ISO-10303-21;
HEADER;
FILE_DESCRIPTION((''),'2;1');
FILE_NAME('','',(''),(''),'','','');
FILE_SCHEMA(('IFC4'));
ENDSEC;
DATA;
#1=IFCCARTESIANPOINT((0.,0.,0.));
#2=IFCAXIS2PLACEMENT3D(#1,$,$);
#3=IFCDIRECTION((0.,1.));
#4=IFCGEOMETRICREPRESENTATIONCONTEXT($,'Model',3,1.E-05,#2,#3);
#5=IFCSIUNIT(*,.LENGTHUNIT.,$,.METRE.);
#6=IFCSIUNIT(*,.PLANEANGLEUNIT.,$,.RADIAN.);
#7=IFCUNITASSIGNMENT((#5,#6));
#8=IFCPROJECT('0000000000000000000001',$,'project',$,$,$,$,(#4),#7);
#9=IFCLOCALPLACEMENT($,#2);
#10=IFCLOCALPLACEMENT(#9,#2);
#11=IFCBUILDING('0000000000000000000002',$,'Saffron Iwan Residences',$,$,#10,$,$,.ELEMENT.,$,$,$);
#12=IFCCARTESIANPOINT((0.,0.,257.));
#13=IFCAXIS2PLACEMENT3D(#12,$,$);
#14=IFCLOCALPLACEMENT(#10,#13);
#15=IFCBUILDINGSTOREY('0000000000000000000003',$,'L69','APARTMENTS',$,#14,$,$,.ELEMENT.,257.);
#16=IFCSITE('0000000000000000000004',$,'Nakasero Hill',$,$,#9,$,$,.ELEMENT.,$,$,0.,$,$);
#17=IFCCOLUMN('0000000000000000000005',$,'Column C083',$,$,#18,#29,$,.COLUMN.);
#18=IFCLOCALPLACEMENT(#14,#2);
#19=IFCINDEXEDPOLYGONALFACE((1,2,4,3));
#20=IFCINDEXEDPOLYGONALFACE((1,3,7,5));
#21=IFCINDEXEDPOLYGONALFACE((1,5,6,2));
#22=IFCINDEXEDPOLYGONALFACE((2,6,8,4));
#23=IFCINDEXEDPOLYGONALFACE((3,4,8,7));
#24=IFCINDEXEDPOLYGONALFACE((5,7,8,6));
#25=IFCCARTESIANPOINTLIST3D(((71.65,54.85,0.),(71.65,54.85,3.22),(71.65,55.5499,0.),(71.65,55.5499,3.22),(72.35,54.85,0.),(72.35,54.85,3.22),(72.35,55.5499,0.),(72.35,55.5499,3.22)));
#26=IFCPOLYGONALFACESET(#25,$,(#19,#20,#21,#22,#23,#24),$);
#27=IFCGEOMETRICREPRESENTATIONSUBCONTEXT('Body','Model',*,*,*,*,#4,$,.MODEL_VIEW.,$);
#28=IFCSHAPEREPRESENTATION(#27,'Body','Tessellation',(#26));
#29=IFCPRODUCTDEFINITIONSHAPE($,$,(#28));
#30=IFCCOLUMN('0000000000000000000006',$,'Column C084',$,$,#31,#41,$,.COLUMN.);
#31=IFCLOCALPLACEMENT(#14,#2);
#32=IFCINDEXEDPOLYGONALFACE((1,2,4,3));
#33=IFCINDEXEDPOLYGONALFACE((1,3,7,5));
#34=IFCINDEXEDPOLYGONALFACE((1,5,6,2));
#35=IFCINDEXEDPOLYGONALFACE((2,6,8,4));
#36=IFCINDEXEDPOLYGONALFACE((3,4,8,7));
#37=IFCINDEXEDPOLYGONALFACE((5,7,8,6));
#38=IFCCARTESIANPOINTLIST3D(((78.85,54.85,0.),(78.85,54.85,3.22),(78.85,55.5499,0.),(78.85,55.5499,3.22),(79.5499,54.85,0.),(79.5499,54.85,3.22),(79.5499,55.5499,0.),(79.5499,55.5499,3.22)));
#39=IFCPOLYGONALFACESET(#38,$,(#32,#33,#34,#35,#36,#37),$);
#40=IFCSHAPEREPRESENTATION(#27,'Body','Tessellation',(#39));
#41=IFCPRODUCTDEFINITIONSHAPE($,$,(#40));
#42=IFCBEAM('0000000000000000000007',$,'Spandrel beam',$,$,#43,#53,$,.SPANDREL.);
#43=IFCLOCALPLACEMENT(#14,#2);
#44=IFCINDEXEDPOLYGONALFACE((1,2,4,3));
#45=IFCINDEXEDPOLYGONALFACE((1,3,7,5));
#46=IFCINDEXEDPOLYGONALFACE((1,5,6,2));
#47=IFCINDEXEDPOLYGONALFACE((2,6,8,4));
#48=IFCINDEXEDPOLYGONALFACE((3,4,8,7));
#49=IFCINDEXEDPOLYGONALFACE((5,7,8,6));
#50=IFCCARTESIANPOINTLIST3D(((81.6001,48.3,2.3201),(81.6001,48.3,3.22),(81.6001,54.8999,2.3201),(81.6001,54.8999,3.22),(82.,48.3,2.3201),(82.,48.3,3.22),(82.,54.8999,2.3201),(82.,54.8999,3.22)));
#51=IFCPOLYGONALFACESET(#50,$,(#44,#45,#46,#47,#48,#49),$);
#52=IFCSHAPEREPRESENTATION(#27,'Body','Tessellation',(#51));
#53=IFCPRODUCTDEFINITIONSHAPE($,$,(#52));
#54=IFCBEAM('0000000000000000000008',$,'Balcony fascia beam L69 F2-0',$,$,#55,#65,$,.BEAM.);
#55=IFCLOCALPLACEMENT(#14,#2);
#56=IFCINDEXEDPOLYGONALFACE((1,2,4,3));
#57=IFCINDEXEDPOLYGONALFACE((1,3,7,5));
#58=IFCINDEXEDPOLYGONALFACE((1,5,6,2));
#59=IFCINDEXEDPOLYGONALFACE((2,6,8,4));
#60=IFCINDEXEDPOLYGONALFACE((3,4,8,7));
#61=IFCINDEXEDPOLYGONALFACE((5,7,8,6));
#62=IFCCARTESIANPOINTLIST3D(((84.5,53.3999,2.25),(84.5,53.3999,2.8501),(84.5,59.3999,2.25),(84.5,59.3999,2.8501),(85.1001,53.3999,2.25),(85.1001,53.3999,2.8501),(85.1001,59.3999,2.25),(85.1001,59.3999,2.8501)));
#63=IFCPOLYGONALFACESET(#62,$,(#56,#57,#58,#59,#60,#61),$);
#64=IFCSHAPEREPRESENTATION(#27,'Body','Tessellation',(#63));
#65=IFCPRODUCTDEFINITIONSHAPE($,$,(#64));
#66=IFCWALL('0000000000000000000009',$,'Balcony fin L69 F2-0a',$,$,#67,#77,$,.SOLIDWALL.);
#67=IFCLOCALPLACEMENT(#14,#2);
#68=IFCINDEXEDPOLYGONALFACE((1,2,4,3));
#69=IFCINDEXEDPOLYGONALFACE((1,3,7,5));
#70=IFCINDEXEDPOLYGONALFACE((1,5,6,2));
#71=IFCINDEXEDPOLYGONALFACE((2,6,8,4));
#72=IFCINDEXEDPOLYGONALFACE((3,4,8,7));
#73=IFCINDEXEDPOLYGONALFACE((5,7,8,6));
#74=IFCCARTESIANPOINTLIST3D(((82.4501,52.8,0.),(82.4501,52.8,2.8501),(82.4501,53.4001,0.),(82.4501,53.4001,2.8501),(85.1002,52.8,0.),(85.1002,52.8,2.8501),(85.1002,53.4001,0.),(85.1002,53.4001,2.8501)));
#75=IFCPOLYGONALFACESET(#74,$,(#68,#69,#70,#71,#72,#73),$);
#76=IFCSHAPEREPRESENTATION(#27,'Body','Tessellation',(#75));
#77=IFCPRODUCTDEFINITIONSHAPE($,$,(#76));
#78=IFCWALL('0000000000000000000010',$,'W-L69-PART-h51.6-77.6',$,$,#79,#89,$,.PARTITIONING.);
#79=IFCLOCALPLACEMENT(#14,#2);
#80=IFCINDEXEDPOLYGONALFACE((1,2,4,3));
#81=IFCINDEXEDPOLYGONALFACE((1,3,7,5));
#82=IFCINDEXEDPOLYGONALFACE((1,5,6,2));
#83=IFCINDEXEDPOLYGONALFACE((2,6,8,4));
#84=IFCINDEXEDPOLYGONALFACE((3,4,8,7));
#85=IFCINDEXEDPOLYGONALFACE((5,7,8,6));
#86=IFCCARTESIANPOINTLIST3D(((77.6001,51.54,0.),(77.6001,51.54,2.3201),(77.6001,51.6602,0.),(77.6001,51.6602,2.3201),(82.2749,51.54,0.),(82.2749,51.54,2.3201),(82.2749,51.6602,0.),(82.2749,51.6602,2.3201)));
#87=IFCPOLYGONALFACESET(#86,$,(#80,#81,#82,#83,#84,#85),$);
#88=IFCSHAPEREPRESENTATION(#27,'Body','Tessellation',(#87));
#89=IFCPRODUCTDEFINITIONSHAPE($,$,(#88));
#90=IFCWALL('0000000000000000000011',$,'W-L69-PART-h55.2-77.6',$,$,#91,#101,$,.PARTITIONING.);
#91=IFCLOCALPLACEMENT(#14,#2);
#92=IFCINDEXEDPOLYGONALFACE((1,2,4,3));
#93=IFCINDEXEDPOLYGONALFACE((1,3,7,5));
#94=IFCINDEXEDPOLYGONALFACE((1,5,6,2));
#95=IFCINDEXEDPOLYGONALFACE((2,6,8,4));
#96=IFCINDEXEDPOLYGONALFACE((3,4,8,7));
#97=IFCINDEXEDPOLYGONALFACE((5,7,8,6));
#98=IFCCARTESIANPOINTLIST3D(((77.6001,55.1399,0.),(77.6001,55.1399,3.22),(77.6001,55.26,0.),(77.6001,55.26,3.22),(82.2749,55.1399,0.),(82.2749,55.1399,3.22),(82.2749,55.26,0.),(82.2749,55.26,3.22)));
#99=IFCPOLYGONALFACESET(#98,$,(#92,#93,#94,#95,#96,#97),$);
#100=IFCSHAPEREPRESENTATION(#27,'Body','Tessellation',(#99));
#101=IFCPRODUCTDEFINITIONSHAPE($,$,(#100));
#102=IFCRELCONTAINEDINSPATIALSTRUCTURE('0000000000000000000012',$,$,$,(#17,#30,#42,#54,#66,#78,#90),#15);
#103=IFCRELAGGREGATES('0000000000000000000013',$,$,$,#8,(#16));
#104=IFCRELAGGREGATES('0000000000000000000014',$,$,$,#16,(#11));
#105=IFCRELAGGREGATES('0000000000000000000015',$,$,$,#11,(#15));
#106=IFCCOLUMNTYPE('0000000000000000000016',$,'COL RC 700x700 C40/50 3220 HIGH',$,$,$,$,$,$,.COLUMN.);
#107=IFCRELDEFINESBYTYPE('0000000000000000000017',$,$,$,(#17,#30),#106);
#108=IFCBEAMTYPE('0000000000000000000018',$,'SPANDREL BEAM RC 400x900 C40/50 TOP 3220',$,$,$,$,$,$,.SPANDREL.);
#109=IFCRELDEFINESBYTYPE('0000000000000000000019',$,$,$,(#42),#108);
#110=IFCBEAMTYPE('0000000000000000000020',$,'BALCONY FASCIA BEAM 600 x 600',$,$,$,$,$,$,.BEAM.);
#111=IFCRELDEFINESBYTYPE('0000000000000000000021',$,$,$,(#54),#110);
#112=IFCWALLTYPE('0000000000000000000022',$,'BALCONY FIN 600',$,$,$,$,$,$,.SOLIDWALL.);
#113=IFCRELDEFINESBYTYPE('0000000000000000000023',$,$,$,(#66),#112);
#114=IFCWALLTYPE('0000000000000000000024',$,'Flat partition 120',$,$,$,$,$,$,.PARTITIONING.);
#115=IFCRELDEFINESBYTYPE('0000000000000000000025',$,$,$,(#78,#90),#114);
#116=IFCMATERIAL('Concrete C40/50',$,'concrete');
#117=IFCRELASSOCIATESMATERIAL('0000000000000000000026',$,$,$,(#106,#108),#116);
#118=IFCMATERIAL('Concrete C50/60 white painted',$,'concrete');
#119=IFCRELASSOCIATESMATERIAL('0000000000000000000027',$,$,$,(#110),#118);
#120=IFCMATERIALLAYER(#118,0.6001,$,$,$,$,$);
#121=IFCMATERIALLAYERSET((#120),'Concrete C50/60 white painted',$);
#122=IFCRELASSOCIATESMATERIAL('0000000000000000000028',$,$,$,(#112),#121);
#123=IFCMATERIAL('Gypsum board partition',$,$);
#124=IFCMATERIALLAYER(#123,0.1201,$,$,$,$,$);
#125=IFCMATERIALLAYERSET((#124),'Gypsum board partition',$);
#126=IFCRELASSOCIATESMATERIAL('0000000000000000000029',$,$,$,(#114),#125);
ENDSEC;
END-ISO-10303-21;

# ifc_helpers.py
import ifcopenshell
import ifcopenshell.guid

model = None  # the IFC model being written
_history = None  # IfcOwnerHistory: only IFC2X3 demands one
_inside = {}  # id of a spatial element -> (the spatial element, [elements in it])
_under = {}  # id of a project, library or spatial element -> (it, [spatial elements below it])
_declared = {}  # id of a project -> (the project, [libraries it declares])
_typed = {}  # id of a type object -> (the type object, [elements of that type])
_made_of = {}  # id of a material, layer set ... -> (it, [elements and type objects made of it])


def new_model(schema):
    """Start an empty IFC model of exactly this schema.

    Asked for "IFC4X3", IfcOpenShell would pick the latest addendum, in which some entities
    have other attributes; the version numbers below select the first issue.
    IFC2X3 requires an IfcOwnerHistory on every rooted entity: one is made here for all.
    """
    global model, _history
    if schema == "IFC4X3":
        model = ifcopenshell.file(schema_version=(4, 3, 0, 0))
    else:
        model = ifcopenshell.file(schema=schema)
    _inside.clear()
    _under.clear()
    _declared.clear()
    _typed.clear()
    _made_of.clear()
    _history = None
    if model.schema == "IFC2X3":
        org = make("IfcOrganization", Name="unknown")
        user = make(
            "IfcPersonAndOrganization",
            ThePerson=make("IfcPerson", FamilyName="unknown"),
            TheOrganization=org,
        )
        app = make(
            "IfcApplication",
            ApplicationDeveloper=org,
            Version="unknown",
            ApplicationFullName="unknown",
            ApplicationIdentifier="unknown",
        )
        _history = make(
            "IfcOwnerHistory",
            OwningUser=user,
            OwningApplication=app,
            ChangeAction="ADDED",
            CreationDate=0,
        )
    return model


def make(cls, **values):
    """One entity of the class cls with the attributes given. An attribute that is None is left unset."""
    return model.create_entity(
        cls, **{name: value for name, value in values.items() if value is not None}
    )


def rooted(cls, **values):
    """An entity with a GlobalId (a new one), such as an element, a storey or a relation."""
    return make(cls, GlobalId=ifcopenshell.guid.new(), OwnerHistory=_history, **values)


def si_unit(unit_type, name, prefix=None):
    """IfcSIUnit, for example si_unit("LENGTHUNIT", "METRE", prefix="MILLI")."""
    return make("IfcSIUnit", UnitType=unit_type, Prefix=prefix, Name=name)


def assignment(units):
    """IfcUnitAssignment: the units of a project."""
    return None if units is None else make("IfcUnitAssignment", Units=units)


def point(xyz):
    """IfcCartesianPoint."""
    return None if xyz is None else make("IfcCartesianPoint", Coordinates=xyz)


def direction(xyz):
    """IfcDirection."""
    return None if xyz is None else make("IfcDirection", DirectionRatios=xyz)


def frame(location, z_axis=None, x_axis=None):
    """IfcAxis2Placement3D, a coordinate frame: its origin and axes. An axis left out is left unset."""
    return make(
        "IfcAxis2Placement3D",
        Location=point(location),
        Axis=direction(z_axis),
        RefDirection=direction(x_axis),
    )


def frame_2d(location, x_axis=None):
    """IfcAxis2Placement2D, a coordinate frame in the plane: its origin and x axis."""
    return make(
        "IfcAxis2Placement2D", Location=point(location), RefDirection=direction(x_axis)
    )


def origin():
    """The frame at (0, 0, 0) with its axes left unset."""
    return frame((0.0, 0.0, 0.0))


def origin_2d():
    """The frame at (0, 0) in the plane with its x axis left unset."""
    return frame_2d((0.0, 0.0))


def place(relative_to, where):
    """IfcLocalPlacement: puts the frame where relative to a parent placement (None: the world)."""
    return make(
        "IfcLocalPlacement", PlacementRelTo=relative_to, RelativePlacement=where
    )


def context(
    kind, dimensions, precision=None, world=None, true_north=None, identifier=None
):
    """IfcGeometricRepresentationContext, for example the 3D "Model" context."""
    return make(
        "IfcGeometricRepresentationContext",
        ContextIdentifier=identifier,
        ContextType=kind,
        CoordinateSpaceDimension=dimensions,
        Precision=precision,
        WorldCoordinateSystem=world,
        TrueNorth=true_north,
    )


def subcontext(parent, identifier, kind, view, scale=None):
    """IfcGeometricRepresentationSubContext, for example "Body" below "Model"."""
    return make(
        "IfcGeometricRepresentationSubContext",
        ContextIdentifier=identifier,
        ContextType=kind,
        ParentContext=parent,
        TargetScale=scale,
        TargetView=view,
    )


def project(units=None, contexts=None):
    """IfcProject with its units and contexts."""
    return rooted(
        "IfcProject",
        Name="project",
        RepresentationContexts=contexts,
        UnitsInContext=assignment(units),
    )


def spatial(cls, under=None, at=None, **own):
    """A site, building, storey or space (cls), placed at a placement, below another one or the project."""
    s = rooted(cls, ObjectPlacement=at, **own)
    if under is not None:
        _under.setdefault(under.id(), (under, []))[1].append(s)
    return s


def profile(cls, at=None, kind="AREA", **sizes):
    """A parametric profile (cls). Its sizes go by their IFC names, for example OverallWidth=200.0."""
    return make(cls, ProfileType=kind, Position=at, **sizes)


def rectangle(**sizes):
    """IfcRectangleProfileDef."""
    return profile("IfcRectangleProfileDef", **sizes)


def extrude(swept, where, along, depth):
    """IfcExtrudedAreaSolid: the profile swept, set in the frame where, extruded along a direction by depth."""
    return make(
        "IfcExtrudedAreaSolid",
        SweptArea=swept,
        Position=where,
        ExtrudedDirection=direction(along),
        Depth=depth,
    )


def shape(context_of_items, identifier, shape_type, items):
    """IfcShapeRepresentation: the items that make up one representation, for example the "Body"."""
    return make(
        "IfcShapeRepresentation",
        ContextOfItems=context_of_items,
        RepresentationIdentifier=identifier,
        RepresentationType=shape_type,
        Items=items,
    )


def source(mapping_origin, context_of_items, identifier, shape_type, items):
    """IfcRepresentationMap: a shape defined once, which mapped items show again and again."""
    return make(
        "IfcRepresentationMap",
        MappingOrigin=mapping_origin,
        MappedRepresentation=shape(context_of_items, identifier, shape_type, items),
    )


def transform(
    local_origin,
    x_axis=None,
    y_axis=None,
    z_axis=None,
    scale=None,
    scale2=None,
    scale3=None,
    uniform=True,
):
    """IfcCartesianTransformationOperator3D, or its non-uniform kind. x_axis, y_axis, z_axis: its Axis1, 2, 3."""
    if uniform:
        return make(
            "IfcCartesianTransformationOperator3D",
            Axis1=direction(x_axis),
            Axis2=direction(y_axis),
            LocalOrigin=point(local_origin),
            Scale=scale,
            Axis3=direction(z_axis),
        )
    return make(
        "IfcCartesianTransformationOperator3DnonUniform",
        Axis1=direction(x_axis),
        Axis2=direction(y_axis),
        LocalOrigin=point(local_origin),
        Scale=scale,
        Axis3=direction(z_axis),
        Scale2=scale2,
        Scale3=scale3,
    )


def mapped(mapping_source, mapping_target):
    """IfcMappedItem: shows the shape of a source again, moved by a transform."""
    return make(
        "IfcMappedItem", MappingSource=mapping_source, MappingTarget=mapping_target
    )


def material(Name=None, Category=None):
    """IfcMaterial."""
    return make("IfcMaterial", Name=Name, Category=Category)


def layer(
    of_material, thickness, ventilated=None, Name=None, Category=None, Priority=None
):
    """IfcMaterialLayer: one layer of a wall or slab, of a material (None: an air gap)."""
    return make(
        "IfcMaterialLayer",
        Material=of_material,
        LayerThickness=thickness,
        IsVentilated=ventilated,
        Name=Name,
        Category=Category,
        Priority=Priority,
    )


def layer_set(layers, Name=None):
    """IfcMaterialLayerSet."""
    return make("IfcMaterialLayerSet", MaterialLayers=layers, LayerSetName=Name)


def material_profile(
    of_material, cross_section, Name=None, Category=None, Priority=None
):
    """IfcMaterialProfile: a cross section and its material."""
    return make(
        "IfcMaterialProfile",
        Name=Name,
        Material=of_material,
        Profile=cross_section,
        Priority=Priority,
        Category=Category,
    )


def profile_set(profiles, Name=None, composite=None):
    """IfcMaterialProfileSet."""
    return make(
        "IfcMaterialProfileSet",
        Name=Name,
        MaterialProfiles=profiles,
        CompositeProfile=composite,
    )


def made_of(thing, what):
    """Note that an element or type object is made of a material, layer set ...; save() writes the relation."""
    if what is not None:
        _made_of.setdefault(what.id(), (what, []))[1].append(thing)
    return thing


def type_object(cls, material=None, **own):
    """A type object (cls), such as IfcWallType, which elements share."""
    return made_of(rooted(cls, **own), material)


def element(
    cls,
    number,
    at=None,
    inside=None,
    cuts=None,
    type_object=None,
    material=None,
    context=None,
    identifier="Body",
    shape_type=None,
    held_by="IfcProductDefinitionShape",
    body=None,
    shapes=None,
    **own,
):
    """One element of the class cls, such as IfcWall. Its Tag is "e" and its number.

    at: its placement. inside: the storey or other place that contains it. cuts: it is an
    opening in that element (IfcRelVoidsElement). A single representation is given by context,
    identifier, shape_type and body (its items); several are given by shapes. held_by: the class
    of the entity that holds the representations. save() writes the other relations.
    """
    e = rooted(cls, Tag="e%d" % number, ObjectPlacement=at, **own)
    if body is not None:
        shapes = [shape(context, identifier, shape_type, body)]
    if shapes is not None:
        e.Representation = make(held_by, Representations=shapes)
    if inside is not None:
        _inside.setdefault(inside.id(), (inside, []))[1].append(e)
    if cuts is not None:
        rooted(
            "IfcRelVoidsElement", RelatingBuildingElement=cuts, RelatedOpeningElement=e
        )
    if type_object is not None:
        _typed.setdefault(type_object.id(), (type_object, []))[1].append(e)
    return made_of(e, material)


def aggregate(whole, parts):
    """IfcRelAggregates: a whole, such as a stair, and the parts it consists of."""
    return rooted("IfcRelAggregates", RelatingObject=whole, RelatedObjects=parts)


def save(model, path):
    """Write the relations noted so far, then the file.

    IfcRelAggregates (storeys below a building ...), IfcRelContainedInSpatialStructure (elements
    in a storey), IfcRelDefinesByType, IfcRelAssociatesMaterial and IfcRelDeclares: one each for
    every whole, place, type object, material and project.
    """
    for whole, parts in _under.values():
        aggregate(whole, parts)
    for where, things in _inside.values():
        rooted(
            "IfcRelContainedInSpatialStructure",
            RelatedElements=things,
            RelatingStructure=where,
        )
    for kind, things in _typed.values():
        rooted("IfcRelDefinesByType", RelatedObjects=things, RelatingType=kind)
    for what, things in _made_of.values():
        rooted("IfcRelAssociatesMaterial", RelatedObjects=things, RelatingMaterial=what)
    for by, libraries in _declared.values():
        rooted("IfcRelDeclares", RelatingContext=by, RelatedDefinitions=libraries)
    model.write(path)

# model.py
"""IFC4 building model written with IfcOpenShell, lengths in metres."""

from ifc_helpers import new_model, si_unit, direction, frame, frame_2d, origin, origin_2d, place, context, subcontext, project, spatial, rectangle, extrude, source, transform, mapped, material, layer, layer_set, material_profile, profile_set, type_object, element, save


model = new_model("IFC4")

# Units and contexts
model_context = context("Model", 3, precision=1e-05, world=origin(), true_north=direction((0.0, 1.0)))
body_context = subcontext(model_context, "Body", "Model", "MODEL_VIEW")
ifc_project = project(units=[si_unit("LENGTHUNIT", "METRE"), si_unit("PLANEANGLEUNIT", "RADIAN")], contexts=[model_context])

# Site, building, storey
site_placement = place(None, origin())
site = spatial("IfcSite", under=ifc_project, at=site_placement, Name="Nakasero Hill", CompositionType="ELEMENT", RefElevation=0.0)
building_placement = place(site_placement, origin())
building = spatial("IfcBuilding", under=site, at=building_placement, Name="Saffron Iwan Residences", CompositionType="ELEMENT")
storey_placement = place(building_placement, frame((0.0, 0.0, 257.0)))
storey = spatial("IfcBuildingStorey", under=building, at=storey_placement, Name="L69", Description="APARTMENTS", CompositionType="ELEMENT", Elevation=257.0)

# Columns
ifc_material_1 = material(Name="Concrete C40/50", Category="concrete")
ifc_material_profile_1 = material_profile(ifc_material_1, rectangle(XDim=0.7, YDim=0.7, at=origin_2d()), Name="RC 700x700")
ifc_profile_set_1 = profile_set([ifc_material_profile_1], Name="Concrete C40/50")
column_type = type_object("IfcColumnType", Name="COL RC 700x700 C40/50 3220 HIGH", PredefinedType="COLUMN", material=ifc_profile_set_1)
shared_shape_1 = source(origin(), body_context, "Body", "SweptSolid", [
    extrude(rectangle(XDim=0.7, YDim=0.7, at=origin_2d()), origin(), (0.0, 0.0, 1.0), 3.22),
])
for number, where, z_axis, x_axis, name in (
    (1, (72.0, 55.2, 0.0), (0.0, 0.0, 1.0), (1.0, 0.0, 0.0), "Column C083"),
    (2, (79.2, 55.2, 0.0), (0.0, 0.0, 1.0), (1.0, 0.0, 0.0), "Column C084"),
):
    element("IfcColumn", number, at=place(storey_placement, frame(where, z_axis=z_axis, x_axis=x_axis)), inside=storey, type_object=column_type, Name=name, PredefinedType="COLUMN", context=body_context, shape_type="MappedRepresentation", body=[
        mapped(shared_shape_1, transform((0.0, 0.0, 0.0))),
    ])

# Beams
ifc_material_profile_2 = material_profile(ifc_material_1, rectangle(XDim=0.3999, YDim=0.8999, at=origin_2d()), Name="RC 400x900")
ifc_profile_set_2 = profile_set([ifc_material_profile_2], Name="Concrete C40/50")
beam_type_1 = type_object("IfcBeamType", Name="SPANDREL BEAM RC 400x900 C40/50 TOP 3220", PredefinedType="SPANDREL", material=ifc_profile_set_2)
shared_shape_2 = source(origin(), body_context, "Body", "SweptSolid", [
    extrude(rectangle(XDim=0.3999, YDim=0.8999, at=origin_2d()), origin(), (0.0, 0.0, 1.0), 6.5999),
])
beam_1_placement = place(storey_placement, frame((81.8, 54.8999, 2.77), z_axis=(0.0, -1.0, 0.0), x_axis=(1.0, 0.0, 0.0)))
element("IfcBeam", 3, at=beam_1_placement, inside=storey, type_object=beam_type_1, Name="Spandrel beam", PredefinedType="SPANDREL", context=body_context, shape_type="MappedRepresentation", body=[
    mapped(shared_shape_2, transform((0.0, 0.0, 0.0))),
])
ifc_material_2 = material(Name="Concrete C50/60 white painted", Category="concrete")
ifc_material_profile_3 = material_profile(ifc_material_2, rectangle(XDim=0.6001, YDim=0.6001, at=origin_2d()), Name="BALCONY FASCIA BEAM 600 x 600")
ifc_profile_set_3 = profile_set([ifc_material_profile_3], Name="Concrete C50/60 white painted")
beam_type_2 = type_object("IfcBeamType", Name="BALCONY FASCIA BEAM 600 x 600", PredefinedType="BEAM", material=ifc_profile_set_3)
shared_shape_3 = source(origin(), body_context, "Body", "SweptSolid", [
    extrude(rectangle(XDim=0.6001, YDim=0.6001, at=origin_2d()), origin(), (0.0, 0.0, 1.0), 6.0),
])
beam_2_placement = place(storey_placement, frame((84.8, 53.3999, 2.55), z_axis=(0.0, 1.0, 0.0), x_axis=(-1.0, 0.0, 0.0)))
element("IfcBeam", 4, at=beam_2_placement, inside=storey, type_object=beam_type_2, Name="Balcony fascia beam L69 F2-0", PredefinedType="BEAM", context=body_context, shape_type="MappedRepresentation", body=[
    mapped(shared_shape_3, transform((0.0, 0.0, 0.0))),
])

# Wall
ifc_layer_1 = layer(ifc_material_2, 0.6001)
ifc_layer_set_1 = layer_set([ifc_layer_1], Name="Concrete C50/60 white painted")
wall_type_1 = type_object("IfcWallType", Name="BALCONY FIN 600", PredefinedType="SOLIDWALL", material=ifc_layer_set_1)
wall_1_placement = place(storey_placement, frame((82.45, 53.1001, 0.0), z_axis=(0.0, 0.0, 1.0), x_axis=(1.0, 0.0, 0.0)))
element("IfcWall", 5, at=wall_1_placement, inside=storey, type_object=wall_type_1, Name="Balcony fin L69 F2-0a", PredefinedType="SOLIDWALL", context=body_context, shape_type="SweptSolid", body=[
    extrude(rectangle(XDim=2.6501, YDim=0.6001, at=frame_2d((1.3252, 0.0))), origin(), (0.0, 0.0, 1.0), 2.8501),
])

# Walls
ifc_material_3 = material(Name="Gypsum board partition")
ifc_layer_2 = layer(ifc_material_3, 0.1201)
ifc_layer_set_2 = layer_set([ifc_layer_2], Name="Gypsum board partition")
wall_type_2 = type_object("IfcWallType", Name="Flat partition 120", PredefinedType="PARTITIONING", material=ifc_layer_set_2)
wall_2_placement = place(storey_placement, frame((77.6001, 51.6001, 0.0), z_axis=(0.0, 0.0, 1.0), x_axis=(1.0, 0.0, 0.0)))
element("IfcWall", 6, at=wall_2_placement, inside=storey, type_object=wall_type_2, Name="W-L69-PART-h51.6-77.6", PredefinedType="PARTITIONING", context=body_context, shape_type="SweptSolid", body=[
    extrude(rectangle(XDim=4.6748, YDim=0.1201, at=frame_2d((2.3374, 0.0))), origin(), (0.0, 0.0, 1.0), 2.3201),
])
wall_3_placement = place(storey_placement, frame((77.6001, 55.2, 0.0), z_axis=(0.0, 0.0, 1.0), x_axis=(1.0, 0.0, 0.0)))
element("IfcWall", 7, at=wall_3_placement, inside=storey, type_object=wall_type_2, Name="W-L69-PART-h55.2-77.6", PredefinedType="PARTITIONING", context=body_context, shape_type="SweptSolid", body=[
    extrude(rectangle(XDim=4.6748, YDim=0.1201, at=frame_2d((2.3374, 0.0))), origin(), (0.0, 0.0, 1.0), 3.22),
])

save(model, "model.ifc")
